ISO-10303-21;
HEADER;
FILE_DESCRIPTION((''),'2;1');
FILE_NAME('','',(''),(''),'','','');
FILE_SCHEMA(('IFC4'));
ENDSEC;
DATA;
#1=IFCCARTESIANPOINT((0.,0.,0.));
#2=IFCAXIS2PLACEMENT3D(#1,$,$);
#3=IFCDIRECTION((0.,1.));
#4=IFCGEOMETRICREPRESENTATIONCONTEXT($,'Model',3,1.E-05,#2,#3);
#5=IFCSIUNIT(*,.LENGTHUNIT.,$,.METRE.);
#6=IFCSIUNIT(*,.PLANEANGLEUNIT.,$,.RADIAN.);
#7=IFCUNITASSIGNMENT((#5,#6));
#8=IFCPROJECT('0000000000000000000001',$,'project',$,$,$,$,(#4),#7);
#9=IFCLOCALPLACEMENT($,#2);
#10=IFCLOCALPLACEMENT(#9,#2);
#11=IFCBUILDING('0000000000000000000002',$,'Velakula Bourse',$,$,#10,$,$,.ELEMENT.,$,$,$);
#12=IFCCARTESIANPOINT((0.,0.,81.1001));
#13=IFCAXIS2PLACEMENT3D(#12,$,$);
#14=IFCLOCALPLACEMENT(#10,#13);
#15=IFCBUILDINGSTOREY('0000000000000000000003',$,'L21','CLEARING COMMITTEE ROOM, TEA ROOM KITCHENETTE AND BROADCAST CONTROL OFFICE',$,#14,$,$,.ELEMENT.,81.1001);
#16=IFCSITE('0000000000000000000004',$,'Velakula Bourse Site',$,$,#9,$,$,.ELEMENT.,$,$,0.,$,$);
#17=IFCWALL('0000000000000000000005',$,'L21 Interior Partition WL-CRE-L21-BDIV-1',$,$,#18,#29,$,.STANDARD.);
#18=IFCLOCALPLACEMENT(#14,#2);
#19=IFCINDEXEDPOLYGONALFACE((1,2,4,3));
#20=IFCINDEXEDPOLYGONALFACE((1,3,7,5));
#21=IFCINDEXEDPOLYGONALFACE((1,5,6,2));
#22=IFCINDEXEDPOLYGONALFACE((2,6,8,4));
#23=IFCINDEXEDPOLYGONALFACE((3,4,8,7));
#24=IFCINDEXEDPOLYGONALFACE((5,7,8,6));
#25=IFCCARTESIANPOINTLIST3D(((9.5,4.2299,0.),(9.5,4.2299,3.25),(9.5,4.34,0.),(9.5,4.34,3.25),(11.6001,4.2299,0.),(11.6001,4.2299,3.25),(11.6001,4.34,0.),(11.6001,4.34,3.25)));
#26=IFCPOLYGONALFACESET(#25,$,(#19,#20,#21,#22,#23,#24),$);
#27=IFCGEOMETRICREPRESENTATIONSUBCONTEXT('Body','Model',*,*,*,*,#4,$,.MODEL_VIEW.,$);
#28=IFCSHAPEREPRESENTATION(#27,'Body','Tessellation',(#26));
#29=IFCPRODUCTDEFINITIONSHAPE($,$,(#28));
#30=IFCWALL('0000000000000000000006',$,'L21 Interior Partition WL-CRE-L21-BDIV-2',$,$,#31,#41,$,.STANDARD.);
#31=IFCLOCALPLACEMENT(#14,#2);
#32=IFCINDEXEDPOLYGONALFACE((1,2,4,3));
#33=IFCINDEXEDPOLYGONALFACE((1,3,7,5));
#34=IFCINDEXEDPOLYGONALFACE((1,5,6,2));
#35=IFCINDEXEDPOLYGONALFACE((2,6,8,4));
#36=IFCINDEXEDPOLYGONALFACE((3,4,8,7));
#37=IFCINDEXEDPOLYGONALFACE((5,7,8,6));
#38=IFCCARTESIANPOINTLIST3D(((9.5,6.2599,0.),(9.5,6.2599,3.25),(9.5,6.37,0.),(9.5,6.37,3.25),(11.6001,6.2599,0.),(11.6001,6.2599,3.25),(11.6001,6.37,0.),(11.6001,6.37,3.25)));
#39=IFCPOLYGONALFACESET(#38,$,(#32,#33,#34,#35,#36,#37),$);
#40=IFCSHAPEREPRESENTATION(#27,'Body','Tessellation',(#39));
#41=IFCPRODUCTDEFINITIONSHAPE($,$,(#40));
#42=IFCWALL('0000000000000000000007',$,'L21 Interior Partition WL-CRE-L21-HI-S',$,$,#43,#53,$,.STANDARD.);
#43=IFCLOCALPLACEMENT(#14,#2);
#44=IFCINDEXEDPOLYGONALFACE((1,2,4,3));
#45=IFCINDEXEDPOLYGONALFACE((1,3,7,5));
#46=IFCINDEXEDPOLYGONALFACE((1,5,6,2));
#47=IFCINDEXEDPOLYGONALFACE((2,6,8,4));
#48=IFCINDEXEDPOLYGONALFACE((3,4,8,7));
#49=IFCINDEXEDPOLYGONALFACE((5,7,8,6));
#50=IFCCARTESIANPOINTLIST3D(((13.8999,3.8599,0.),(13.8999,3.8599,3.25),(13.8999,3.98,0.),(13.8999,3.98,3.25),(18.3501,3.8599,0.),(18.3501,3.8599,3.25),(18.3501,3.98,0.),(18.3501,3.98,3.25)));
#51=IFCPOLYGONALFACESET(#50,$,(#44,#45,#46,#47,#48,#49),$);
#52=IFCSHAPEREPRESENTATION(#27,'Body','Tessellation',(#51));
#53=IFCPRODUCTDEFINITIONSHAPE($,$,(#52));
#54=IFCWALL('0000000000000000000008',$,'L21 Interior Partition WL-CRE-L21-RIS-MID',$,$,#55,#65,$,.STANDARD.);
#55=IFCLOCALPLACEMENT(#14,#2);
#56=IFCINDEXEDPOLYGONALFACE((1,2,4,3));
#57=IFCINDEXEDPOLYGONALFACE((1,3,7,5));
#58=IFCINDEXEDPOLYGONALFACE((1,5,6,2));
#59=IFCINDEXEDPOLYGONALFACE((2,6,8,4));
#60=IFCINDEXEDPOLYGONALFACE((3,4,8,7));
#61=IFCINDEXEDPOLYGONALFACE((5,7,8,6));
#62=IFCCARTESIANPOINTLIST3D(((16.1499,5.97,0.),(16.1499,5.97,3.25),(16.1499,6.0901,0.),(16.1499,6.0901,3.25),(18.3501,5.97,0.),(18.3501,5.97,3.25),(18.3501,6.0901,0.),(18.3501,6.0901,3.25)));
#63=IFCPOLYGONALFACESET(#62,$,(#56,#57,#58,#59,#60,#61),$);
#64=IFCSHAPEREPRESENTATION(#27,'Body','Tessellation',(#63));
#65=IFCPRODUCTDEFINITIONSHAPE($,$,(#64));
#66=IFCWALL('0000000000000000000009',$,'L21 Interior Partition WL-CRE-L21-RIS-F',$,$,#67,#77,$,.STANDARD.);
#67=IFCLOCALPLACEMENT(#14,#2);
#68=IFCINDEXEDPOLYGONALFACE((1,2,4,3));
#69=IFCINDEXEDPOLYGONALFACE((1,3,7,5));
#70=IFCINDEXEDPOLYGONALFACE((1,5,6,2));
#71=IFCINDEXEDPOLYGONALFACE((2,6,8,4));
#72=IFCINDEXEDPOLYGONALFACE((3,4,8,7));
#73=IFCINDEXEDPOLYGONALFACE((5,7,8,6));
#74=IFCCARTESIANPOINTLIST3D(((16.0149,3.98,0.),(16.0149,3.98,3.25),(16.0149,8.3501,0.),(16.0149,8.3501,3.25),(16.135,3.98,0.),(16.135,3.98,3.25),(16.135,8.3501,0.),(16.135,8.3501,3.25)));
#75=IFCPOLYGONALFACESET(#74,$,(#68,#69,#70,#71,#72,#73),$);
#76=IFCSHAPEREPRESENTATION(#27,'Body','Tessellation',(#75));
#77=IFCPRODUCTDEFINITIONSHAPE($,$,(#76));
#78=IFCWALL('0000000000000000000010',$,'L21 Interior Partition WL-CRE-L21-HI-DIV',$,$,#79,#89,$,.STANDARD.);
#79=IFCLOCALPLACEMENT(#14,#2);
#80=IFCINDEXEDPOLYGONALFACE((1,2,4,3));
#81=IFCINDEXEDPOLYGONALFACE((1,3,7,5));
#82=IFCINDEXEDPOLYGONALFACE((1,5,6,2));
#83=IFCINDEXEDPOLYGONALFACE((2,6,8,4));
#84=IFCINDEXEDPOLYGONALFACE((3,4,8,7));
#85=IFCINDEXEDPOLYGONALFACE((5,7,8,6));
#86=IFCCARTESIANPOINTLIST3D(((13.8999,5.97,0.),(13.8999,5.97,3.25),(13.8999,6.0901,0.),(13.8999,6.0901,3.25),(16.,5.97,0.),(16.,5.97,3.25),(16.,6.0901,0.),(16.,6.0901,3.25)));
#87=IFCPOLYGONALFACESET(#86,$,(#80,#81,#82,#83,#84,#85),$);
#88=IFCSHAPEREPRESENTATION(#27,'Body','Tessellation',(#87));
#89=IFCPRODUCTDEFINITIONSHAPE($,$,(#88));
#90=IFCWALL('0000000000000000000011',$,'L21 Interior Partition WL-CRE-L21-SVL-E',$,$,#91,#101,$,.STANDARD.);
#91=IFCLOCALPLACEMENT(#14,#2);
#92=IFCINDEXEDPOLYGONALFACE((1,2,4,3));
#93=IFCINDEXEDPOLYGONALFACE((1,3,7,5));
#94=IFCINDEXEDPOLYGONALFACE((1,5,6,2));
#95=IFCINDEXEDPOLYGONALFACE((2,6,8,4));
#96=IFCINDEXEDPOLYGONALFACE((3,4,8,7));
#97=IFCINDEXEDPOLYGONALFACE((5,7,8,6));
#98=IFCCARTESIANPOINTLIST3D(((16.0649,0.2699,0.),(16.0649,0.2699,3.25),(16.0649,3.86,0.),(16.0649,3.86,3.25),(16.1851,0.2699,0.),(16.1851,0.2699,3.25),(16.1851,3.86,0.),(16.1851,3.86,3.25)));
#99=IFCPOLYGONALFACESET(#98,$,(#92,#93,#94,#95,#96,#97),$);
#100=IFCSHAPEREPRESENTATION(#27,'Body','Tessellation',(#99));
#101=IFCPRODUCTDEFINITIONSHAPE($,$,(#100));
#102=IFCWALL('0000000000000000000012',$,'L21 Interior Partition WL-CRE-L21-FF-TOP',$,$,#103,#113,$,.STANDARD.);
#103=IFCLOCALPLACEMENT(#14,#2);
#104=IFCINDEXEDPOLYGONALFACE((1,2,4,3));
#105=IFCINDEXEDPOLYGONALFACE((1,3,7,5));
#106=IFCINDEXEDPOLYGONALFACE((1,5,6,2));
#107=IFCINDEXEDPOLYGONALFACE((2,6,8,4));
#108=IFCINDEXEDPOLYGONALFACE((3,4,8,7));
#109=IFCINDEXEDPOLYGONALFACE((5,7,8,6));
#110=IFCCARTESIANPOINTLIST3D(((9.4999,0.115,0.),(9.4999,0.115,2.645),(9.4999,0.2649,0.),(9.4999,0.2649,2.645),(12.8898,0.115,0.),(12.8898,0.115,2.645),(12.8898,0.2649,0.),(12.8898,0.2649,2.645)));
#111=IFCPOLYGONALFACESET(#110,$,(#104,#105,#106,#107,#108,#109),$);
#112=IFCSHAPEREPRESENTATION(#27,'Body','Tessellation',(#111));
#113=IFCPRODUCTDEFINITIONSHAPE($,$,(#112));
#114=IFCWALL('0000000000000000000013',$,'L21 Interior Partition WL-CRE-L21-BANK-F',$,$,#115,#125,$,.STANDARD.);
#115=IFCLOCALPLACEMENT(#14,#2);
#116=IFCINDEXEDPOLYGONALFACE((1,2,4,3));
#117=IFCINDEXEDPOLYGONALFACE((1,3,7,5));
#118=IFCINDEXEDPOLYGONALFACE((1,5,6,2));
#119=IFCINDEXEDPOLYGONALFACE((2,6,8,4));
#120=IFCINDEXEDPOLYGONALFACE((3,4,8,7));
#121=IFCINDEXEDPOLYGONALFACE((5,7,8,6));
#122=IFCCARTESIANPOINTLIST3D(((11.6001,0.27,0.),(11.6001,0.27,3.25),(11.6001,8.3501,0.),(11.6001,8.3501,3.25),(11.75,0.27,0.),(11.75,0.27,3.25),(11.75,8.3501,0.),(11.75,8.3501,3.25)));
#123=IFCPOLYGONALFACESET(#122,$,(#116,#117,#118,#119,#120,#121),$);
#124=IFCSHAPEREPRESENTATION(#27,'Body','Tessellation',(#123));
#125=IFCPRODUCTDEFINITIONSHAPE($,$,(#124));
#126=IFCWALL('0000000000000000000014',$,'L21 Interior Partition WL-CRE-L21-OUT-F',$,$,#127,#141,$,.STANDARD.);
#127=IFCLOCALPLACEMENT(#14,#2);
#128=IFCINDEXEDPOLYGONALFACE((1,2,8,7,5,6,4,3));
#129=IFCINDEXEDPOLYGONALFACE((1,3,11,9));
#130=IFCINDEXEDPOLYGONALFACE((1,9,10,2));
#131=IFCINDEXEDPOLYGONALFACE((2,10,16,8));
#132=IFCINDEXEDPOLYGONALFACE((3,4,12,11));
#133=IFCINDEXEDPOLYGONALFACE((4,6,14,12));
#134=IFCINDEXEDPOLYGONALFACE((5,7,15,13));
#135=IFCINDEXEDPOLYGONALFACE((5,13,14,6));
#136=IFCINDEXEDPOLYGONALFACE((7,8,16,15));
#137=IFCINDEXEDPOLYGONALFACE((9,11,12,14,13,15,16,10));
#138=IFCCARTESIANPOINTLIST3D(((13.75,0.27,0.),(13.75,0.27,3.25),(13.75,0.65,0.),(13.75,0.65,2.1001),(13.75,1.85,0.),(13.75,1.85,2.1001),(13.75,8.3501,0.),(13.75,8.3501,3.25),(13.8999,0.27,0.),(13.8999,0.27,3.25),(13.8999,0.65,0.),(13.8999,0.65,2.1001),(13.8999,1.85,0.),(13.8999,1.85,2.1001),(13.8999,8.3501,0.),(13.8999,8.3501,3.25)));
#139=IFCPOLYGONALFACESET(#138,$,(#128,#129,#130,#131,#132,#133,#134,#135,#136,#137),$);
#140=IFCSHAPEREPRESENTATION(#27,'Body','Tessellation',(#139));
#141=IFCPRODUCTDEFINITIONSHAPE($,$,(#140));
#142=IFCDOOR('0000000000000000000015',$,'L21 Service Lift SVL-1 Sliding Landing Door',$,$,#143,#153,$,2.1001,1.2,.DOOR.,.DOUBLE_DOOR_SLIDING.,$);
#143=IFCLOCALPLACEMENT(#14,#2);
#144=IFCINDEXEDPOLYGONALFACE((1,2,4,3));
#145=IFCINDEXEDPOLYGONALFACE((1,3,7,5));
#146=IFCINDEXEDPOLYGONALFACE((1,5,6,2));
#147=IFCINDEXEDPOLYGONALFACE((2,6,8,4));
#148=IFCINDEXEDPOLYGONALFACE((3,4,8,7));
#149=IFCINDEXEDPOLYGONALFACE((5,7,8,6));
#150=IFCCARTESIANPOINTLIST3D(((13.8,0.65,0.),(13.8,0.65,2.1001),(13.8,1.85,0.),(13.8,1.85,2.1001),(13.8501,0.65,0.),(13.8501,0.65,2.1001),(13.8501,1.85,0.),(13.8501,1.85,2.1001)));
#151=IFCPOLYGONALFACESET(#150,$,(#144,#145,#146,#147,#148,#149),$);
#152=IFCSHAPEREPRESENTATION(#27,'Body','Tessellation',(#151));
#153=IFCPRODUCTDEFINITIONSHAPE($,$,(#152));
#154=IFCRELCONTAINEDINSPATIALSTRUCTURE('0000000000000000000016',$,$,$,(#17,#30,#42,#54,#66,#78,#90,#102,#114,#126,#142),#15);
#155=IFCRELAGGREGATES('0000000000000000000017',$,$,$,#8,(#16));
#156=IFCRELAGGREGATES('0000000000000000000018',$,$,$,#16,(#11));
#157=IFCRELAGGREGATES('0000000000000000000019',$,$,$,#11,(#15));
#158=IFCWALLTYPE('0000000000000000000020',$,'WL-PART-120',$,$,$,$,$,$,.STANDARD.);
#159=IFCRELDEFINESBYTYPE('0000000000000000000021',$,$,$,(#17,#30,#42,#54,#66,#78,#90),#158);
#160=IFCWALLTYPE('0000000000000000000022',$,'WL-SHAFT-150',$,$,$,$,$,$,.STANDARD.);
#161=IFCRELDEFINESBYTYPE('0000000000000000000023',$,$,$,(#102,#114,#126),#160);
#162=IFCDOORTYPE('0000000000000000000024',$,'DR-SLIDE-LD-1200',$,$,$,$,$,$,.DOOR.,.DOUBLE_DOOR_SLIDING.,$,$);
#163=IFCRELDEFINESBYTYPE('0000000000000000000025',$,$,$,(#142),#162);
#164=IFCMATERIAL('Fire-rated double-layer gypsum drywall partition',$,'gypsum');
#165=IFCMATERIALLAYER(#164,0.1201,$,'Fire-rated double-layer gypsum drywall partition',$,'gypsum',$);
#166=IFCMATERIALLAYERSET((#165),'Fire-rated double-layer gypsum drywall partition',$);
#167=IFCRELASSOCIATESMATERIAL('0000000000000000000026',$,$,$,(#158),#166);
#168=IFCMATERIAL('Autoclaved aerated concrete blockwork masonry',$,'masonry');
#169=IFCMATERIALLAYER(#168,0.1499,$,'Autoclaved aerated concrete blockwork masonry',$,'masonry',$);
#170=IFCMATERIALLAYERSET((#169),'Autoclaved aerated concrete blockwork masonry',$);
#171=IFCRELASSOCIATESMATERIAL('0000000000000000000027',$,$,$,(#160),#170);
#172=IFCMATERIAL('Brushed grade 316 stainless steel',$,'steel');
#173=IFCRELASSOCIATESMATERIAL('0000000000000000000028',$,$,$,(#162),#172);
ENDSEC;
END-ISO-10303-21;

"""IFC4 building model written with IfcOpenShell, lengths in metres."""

from ifc_helpers import new_model, si_unit, direction, frame, frame_2d, origin, place, context, subcontext, project, spatial, rectangle, extrude, material, layer, layer_set, type_object, element, fill, save


model = new_model("IFC4")

# Units and contexts
model_context = context("Model", 3, precision=1e-05, world=origin(), true_north=direction((0.0, 1.0)))
body_context = subcontext(model_context, "Body", "Model", "MODEL_VIEW")
ifc_project = project(units=[si_unit("LENGTHUNIT", "METRE"), si_unit("PLANEANGLEUNIT", "RADIAN")], contexts=[model_context])

# Site, building, storey
site_placement = place(None, origin())
site = spatial("IfcSite", under=ifc_project, at=site_placement, Name="Velakula Bourse Site", CompositionType="ELEMENT", RefElevation=0.0)
building_placement = place(site_placement, origin())
building = spatial("IfcBuilding", under=site, at=building_placement, Name="Velakula Bourse", CompositionType="ELEMENT")
storey_placement = place(building_placement, frame((0.0, 0.0, 81.1001)))
storey = spatial("IfcBuildingStorey", under=building, at=storey_placement, Name="L21", Description="CLEARING COMMITTEE ROOM, TEA ROOM KITCHENETTE AND BROADCAST CONTROL OFFICE", CompositionType="ELEMENT", Elevation=81.1001)

# Walls
ifc_material_1 = material(Name="Fire-rated double-layer gypsum drywall partition", Category="gypsum")
ifc_layer_1 = layer(ifc_material_1, 0.1201, Name="Fire-rated double-layer gypsum drywall partition", Category="gypsum")
ifc_layer_set_1 = layer_set([ifc_layer_1], Name="Fire-rated double-layer gypsum drywall partition")
wall_type_1 = type_object("IfcWallType", Name="WL-PART-120", PredefinedType="STANDARD", material=ifc_layer_set_1)
for number, where, z_axis, x_axis, name in (
    (1, (9.5, 4.2849, 0.0), (0.0, 0.0, 1.0), (1.0, 0.0, 0.0), "L21 Interior Partition WL-CRE-L21-BDIV-1"),
    (2, (9.5, 6.3149, 0.0), (0.0, 0.0, 1.0), (1.0, 0.0, 0.0), "L21 Interior Partition WL-CRE-L21-BDIV-2"),
):
    element("IfcWall", number, at=place(storey_placement, frame(where, z_axis=z_axis, x_axis=x_axis)), inside=storey, type_object=wall_type_1, Name=name, PredefinedType="STANDARD", context=body_context, shape_type="SweptSolid", body=[
        extrude(rectangle(XDim=2.1001, YDim=0.1101, at=frame_2d((1.05, 0.0))), origin(), (0.0, 0.0, 1.0), 3.25),
    ])
wall_1_placement = place(storey_placement, frame((13.8999, 3.9199, 0.0), z_axis=(0.0, 0.0, 1.0), x_axis=(1.0, 0.0, 0.0)))
element("IfcWall", 3, at=wall_1_placement, inside=storey, type_object=wall_type_1, Name="L21 Interior Partition WL-CRE-L21-HI-S", PredefinedType="STANDARD", context=body_context, shape_type="SweptSolid", body=[
    extrude(rectangle(XDim=4.4502, YDim=0.1201, at=frame_2d((2.2251, 0.0))), origin(), (0.0, 0.0, 1.0), 3.25),
])
wall_2_placement = place(storey_placement, frame((16.1499, 6.03, 0.0), z_axis=(0.0, 0.0, 1.0), x_axis=(1.0, 0.0, 0.0)))
element("IfcWall", 4, at=wall_2_placement, inside=storey, type_object=wall_type_1, Name="L21 Interior Partition WL-CRE-L21-RIS-MID", PredefinedType="STANDARD", context=body_context, shape_type="SweptSolid", body=[
    extrude(rectangle(XDim=2.2002, YDim=0.1201, at=frame_2d((1.1001, 0.0))), origin(), (0.0, 0.0, 1.0), 3.25),
])
wall_3_placement = place(storey_placement, frame((16.075, 3.98, 0.0), z_axis=(0.0, 0.0, 1.0), x_axis=(0.0, 1.0, 0.0)))
element("IfcWall", 5, at=wall_3_placement, inside=storey, type_object=wall_type_1, Name="L21 Interior Partition WL-CRE-L21-RIS-F", PredefinedType="STANDARD", context=body_context, shape_type="SweptSolid", body=[
    extrude(rectangle(XDim=4.3701, YDim=0.1201, at=frame_2d((2.1851, 0.0))), origin(), (0.0, 0.0, 1.0), 3.25),
])
wall_4_placement = place(storey_placement, frame((13.8999, 6.03, 0.0), z_axis=(0.0, 0.0, 1.0), x_axis=(1.0, 0.0, 0.0)))
element("IfcWall", 6, at=wall_4_placement, inside=storey, type_object=wall_type_1, Name="L21 Interior Partition WL-CRE-L21-HI-DIV", PredefinedType="STANDARD", context=body_context, shape_type="SweptSolid", body=[
    extrude(rectangle(XDim=2.1001, YDim=0.1201, at=frame_2d((1.05, 0.0))), origin(), (0.0, 0.0, 1.0), 3.25),
])
wall_5_placement = place(storey_placement, frame((16.125, 0.27, 0.0), z_axis=(0.0, 0.0, 1.0), x_axis=(0.0, 1.0, 0.0)))
element("IfcWall", 7, at=wall_5_placement, inside=storey, type_object=wall_type_1, Name="L21 Interior Partition WL-CRE-L21-SVL-E", PredefinedType="STANDARD", context=body_context, shape_type="SweptSolid", body=[
    extrude(rectangle(XDim=3.5901, YDim=0.1201, at=frame_2d((1.7949, 0.0))), origin(), (0.0, 0.0, 1.0), 3.25),
])
ifc_material_2 = material(Name="Autoclaved aerated concrete blockwork masonry", Category="masonry")
ifc_layer_2 = layer(ifc_material_2, 0.1499, Name="Autoclaved aerated concrete blockwork masonry", Category="masonry")
ifc_layer_set_2 = layer_set([ifc_layer_2], Name="Autoclaved aerated concrete blockwork masonry")
wall_type_2 = type_object("IfcWallType", Name="WL-SHAFT-150", PredefinedType="STANDARD", material=ifc_layer_set_2)
wall_6_placement = place(storey_placement, frame((9.5, 0.1899, 0.0), z_axis=(0.0, 0.0, 1.0), x_axis=(1.0, 0.0, 0.0)))
element("IfcWall", 8, at=wall_6_placement, inside=storey, type_object=wall_type_2, Name="L21 Interior Partition WL-CRE-L21-FF-TOP", PredefinedType="STANDARD", context=body_context, shape_type="SweptSolid", body=[
    extrude(rectangle(XDim=3.3899, YDim=0.1499, at=frame_2d((1.6948, 0.0))), origin(), (0.0, 0.0, 1.0), 2.645),
])
wall_7_placement = place(storey_placement, frame((11.675, 0.27, 0.0), z_axis=(0.0, 0.0, 1.0), x_axis=(0.0, 1.0, 0.0)))
element("IfcWall", 9, at=wall_7_placement, inside=storey, type_object=wall_type_2, Name="L21 Interior Partition WL-CRE-L21-BANK-F", PredefinedType="STANDARD", context=body_context, shape_type="SweptSolid", body=[
    extrude(rectangle(XDim=8.0801, YDim=0.1499, at=frame_2d((4.04, 0.0))), origin(), (0.0, 0.0, 1.0), 3.25),
])

# Wall, opening, door
wall_8_placement = place(storey_placement, frame((13.825, 0.27, 0.0), z_axis=(0.0, 0.0, 1.0), x_axis=(0.0, 1.0, 0.0)))
wall_8 = element("IfcWall", 10, at=wall_8_placement, inside=storey, type_object=wall_type_2, Name="L21 Interior Partition WL-CRE-L21-OUT-F", PredefinedType="STANDARD", context=body_context, shape_type="SweptSolid", body=[
    extrude(rectangle(XDim=8.0801, YDim=0.1499, at=frame_2d((4.04, 0.0))), origin(), (0.0, 0.0, 1.0), 3.25),
])
opening_placement = place(wall_8_placement, frame((0.3799, 0.0, 0.0)))
opening = element("IfcOpeningElement", 11, at=opening_placement, cuts=wall_8, PredefinedType="OPENING", context=body_context, shape_type="SweptSolid", body=[
    extrude(rectangle(XDim=1.2, YDim=2.1001, at=frame_2d((0.6001, 1.05))), frame((0.0, 0.085, 0.0), z_axis=(0.0, -1.0, 0.0), x_axis=(1.0, 0.0, 0.0)), (0.0, 0.0, 1.0), 0.1699),
])
ifc_material_3 = material(Name="Brushed grade 316 stainless steel", Category="steel")
door_type = type_object("IfcDoorType", Name="DR-SLIDE-LD-1200", OperationType="DOUBLE_DOOR_SLIDING", PredefinedType="DOOR", material=ifc_material_3)
door_placement = place(opening_placement, origin())
door = element("IfcDoor", 12, at=door_placement, inside=storey, type_object=door_type, Name="L21 Service Lift SVL-1 Sliding Landing Door", OperationType="DOUBLE_DOOR_SLIDING", OverallHeight=2.1001, OverallWidth=1.2, PredefinedType="DOOR", context=body_context, shape_type="SweptSolid", body=[
    extrude(rectangle(XDim=1.2, YDim=2.1001, at=frame_2d((0.6001, 1.05))), frame((0.0, 0.0249, 0.0), z_axis=(0.0, -1.0, 0.0), x_axis=(1.0, 0.0, 0.0)), (0.0, 0.0, 1.0), 0.05),
])
fill(opening, door)

save(model, "model.ifc")
